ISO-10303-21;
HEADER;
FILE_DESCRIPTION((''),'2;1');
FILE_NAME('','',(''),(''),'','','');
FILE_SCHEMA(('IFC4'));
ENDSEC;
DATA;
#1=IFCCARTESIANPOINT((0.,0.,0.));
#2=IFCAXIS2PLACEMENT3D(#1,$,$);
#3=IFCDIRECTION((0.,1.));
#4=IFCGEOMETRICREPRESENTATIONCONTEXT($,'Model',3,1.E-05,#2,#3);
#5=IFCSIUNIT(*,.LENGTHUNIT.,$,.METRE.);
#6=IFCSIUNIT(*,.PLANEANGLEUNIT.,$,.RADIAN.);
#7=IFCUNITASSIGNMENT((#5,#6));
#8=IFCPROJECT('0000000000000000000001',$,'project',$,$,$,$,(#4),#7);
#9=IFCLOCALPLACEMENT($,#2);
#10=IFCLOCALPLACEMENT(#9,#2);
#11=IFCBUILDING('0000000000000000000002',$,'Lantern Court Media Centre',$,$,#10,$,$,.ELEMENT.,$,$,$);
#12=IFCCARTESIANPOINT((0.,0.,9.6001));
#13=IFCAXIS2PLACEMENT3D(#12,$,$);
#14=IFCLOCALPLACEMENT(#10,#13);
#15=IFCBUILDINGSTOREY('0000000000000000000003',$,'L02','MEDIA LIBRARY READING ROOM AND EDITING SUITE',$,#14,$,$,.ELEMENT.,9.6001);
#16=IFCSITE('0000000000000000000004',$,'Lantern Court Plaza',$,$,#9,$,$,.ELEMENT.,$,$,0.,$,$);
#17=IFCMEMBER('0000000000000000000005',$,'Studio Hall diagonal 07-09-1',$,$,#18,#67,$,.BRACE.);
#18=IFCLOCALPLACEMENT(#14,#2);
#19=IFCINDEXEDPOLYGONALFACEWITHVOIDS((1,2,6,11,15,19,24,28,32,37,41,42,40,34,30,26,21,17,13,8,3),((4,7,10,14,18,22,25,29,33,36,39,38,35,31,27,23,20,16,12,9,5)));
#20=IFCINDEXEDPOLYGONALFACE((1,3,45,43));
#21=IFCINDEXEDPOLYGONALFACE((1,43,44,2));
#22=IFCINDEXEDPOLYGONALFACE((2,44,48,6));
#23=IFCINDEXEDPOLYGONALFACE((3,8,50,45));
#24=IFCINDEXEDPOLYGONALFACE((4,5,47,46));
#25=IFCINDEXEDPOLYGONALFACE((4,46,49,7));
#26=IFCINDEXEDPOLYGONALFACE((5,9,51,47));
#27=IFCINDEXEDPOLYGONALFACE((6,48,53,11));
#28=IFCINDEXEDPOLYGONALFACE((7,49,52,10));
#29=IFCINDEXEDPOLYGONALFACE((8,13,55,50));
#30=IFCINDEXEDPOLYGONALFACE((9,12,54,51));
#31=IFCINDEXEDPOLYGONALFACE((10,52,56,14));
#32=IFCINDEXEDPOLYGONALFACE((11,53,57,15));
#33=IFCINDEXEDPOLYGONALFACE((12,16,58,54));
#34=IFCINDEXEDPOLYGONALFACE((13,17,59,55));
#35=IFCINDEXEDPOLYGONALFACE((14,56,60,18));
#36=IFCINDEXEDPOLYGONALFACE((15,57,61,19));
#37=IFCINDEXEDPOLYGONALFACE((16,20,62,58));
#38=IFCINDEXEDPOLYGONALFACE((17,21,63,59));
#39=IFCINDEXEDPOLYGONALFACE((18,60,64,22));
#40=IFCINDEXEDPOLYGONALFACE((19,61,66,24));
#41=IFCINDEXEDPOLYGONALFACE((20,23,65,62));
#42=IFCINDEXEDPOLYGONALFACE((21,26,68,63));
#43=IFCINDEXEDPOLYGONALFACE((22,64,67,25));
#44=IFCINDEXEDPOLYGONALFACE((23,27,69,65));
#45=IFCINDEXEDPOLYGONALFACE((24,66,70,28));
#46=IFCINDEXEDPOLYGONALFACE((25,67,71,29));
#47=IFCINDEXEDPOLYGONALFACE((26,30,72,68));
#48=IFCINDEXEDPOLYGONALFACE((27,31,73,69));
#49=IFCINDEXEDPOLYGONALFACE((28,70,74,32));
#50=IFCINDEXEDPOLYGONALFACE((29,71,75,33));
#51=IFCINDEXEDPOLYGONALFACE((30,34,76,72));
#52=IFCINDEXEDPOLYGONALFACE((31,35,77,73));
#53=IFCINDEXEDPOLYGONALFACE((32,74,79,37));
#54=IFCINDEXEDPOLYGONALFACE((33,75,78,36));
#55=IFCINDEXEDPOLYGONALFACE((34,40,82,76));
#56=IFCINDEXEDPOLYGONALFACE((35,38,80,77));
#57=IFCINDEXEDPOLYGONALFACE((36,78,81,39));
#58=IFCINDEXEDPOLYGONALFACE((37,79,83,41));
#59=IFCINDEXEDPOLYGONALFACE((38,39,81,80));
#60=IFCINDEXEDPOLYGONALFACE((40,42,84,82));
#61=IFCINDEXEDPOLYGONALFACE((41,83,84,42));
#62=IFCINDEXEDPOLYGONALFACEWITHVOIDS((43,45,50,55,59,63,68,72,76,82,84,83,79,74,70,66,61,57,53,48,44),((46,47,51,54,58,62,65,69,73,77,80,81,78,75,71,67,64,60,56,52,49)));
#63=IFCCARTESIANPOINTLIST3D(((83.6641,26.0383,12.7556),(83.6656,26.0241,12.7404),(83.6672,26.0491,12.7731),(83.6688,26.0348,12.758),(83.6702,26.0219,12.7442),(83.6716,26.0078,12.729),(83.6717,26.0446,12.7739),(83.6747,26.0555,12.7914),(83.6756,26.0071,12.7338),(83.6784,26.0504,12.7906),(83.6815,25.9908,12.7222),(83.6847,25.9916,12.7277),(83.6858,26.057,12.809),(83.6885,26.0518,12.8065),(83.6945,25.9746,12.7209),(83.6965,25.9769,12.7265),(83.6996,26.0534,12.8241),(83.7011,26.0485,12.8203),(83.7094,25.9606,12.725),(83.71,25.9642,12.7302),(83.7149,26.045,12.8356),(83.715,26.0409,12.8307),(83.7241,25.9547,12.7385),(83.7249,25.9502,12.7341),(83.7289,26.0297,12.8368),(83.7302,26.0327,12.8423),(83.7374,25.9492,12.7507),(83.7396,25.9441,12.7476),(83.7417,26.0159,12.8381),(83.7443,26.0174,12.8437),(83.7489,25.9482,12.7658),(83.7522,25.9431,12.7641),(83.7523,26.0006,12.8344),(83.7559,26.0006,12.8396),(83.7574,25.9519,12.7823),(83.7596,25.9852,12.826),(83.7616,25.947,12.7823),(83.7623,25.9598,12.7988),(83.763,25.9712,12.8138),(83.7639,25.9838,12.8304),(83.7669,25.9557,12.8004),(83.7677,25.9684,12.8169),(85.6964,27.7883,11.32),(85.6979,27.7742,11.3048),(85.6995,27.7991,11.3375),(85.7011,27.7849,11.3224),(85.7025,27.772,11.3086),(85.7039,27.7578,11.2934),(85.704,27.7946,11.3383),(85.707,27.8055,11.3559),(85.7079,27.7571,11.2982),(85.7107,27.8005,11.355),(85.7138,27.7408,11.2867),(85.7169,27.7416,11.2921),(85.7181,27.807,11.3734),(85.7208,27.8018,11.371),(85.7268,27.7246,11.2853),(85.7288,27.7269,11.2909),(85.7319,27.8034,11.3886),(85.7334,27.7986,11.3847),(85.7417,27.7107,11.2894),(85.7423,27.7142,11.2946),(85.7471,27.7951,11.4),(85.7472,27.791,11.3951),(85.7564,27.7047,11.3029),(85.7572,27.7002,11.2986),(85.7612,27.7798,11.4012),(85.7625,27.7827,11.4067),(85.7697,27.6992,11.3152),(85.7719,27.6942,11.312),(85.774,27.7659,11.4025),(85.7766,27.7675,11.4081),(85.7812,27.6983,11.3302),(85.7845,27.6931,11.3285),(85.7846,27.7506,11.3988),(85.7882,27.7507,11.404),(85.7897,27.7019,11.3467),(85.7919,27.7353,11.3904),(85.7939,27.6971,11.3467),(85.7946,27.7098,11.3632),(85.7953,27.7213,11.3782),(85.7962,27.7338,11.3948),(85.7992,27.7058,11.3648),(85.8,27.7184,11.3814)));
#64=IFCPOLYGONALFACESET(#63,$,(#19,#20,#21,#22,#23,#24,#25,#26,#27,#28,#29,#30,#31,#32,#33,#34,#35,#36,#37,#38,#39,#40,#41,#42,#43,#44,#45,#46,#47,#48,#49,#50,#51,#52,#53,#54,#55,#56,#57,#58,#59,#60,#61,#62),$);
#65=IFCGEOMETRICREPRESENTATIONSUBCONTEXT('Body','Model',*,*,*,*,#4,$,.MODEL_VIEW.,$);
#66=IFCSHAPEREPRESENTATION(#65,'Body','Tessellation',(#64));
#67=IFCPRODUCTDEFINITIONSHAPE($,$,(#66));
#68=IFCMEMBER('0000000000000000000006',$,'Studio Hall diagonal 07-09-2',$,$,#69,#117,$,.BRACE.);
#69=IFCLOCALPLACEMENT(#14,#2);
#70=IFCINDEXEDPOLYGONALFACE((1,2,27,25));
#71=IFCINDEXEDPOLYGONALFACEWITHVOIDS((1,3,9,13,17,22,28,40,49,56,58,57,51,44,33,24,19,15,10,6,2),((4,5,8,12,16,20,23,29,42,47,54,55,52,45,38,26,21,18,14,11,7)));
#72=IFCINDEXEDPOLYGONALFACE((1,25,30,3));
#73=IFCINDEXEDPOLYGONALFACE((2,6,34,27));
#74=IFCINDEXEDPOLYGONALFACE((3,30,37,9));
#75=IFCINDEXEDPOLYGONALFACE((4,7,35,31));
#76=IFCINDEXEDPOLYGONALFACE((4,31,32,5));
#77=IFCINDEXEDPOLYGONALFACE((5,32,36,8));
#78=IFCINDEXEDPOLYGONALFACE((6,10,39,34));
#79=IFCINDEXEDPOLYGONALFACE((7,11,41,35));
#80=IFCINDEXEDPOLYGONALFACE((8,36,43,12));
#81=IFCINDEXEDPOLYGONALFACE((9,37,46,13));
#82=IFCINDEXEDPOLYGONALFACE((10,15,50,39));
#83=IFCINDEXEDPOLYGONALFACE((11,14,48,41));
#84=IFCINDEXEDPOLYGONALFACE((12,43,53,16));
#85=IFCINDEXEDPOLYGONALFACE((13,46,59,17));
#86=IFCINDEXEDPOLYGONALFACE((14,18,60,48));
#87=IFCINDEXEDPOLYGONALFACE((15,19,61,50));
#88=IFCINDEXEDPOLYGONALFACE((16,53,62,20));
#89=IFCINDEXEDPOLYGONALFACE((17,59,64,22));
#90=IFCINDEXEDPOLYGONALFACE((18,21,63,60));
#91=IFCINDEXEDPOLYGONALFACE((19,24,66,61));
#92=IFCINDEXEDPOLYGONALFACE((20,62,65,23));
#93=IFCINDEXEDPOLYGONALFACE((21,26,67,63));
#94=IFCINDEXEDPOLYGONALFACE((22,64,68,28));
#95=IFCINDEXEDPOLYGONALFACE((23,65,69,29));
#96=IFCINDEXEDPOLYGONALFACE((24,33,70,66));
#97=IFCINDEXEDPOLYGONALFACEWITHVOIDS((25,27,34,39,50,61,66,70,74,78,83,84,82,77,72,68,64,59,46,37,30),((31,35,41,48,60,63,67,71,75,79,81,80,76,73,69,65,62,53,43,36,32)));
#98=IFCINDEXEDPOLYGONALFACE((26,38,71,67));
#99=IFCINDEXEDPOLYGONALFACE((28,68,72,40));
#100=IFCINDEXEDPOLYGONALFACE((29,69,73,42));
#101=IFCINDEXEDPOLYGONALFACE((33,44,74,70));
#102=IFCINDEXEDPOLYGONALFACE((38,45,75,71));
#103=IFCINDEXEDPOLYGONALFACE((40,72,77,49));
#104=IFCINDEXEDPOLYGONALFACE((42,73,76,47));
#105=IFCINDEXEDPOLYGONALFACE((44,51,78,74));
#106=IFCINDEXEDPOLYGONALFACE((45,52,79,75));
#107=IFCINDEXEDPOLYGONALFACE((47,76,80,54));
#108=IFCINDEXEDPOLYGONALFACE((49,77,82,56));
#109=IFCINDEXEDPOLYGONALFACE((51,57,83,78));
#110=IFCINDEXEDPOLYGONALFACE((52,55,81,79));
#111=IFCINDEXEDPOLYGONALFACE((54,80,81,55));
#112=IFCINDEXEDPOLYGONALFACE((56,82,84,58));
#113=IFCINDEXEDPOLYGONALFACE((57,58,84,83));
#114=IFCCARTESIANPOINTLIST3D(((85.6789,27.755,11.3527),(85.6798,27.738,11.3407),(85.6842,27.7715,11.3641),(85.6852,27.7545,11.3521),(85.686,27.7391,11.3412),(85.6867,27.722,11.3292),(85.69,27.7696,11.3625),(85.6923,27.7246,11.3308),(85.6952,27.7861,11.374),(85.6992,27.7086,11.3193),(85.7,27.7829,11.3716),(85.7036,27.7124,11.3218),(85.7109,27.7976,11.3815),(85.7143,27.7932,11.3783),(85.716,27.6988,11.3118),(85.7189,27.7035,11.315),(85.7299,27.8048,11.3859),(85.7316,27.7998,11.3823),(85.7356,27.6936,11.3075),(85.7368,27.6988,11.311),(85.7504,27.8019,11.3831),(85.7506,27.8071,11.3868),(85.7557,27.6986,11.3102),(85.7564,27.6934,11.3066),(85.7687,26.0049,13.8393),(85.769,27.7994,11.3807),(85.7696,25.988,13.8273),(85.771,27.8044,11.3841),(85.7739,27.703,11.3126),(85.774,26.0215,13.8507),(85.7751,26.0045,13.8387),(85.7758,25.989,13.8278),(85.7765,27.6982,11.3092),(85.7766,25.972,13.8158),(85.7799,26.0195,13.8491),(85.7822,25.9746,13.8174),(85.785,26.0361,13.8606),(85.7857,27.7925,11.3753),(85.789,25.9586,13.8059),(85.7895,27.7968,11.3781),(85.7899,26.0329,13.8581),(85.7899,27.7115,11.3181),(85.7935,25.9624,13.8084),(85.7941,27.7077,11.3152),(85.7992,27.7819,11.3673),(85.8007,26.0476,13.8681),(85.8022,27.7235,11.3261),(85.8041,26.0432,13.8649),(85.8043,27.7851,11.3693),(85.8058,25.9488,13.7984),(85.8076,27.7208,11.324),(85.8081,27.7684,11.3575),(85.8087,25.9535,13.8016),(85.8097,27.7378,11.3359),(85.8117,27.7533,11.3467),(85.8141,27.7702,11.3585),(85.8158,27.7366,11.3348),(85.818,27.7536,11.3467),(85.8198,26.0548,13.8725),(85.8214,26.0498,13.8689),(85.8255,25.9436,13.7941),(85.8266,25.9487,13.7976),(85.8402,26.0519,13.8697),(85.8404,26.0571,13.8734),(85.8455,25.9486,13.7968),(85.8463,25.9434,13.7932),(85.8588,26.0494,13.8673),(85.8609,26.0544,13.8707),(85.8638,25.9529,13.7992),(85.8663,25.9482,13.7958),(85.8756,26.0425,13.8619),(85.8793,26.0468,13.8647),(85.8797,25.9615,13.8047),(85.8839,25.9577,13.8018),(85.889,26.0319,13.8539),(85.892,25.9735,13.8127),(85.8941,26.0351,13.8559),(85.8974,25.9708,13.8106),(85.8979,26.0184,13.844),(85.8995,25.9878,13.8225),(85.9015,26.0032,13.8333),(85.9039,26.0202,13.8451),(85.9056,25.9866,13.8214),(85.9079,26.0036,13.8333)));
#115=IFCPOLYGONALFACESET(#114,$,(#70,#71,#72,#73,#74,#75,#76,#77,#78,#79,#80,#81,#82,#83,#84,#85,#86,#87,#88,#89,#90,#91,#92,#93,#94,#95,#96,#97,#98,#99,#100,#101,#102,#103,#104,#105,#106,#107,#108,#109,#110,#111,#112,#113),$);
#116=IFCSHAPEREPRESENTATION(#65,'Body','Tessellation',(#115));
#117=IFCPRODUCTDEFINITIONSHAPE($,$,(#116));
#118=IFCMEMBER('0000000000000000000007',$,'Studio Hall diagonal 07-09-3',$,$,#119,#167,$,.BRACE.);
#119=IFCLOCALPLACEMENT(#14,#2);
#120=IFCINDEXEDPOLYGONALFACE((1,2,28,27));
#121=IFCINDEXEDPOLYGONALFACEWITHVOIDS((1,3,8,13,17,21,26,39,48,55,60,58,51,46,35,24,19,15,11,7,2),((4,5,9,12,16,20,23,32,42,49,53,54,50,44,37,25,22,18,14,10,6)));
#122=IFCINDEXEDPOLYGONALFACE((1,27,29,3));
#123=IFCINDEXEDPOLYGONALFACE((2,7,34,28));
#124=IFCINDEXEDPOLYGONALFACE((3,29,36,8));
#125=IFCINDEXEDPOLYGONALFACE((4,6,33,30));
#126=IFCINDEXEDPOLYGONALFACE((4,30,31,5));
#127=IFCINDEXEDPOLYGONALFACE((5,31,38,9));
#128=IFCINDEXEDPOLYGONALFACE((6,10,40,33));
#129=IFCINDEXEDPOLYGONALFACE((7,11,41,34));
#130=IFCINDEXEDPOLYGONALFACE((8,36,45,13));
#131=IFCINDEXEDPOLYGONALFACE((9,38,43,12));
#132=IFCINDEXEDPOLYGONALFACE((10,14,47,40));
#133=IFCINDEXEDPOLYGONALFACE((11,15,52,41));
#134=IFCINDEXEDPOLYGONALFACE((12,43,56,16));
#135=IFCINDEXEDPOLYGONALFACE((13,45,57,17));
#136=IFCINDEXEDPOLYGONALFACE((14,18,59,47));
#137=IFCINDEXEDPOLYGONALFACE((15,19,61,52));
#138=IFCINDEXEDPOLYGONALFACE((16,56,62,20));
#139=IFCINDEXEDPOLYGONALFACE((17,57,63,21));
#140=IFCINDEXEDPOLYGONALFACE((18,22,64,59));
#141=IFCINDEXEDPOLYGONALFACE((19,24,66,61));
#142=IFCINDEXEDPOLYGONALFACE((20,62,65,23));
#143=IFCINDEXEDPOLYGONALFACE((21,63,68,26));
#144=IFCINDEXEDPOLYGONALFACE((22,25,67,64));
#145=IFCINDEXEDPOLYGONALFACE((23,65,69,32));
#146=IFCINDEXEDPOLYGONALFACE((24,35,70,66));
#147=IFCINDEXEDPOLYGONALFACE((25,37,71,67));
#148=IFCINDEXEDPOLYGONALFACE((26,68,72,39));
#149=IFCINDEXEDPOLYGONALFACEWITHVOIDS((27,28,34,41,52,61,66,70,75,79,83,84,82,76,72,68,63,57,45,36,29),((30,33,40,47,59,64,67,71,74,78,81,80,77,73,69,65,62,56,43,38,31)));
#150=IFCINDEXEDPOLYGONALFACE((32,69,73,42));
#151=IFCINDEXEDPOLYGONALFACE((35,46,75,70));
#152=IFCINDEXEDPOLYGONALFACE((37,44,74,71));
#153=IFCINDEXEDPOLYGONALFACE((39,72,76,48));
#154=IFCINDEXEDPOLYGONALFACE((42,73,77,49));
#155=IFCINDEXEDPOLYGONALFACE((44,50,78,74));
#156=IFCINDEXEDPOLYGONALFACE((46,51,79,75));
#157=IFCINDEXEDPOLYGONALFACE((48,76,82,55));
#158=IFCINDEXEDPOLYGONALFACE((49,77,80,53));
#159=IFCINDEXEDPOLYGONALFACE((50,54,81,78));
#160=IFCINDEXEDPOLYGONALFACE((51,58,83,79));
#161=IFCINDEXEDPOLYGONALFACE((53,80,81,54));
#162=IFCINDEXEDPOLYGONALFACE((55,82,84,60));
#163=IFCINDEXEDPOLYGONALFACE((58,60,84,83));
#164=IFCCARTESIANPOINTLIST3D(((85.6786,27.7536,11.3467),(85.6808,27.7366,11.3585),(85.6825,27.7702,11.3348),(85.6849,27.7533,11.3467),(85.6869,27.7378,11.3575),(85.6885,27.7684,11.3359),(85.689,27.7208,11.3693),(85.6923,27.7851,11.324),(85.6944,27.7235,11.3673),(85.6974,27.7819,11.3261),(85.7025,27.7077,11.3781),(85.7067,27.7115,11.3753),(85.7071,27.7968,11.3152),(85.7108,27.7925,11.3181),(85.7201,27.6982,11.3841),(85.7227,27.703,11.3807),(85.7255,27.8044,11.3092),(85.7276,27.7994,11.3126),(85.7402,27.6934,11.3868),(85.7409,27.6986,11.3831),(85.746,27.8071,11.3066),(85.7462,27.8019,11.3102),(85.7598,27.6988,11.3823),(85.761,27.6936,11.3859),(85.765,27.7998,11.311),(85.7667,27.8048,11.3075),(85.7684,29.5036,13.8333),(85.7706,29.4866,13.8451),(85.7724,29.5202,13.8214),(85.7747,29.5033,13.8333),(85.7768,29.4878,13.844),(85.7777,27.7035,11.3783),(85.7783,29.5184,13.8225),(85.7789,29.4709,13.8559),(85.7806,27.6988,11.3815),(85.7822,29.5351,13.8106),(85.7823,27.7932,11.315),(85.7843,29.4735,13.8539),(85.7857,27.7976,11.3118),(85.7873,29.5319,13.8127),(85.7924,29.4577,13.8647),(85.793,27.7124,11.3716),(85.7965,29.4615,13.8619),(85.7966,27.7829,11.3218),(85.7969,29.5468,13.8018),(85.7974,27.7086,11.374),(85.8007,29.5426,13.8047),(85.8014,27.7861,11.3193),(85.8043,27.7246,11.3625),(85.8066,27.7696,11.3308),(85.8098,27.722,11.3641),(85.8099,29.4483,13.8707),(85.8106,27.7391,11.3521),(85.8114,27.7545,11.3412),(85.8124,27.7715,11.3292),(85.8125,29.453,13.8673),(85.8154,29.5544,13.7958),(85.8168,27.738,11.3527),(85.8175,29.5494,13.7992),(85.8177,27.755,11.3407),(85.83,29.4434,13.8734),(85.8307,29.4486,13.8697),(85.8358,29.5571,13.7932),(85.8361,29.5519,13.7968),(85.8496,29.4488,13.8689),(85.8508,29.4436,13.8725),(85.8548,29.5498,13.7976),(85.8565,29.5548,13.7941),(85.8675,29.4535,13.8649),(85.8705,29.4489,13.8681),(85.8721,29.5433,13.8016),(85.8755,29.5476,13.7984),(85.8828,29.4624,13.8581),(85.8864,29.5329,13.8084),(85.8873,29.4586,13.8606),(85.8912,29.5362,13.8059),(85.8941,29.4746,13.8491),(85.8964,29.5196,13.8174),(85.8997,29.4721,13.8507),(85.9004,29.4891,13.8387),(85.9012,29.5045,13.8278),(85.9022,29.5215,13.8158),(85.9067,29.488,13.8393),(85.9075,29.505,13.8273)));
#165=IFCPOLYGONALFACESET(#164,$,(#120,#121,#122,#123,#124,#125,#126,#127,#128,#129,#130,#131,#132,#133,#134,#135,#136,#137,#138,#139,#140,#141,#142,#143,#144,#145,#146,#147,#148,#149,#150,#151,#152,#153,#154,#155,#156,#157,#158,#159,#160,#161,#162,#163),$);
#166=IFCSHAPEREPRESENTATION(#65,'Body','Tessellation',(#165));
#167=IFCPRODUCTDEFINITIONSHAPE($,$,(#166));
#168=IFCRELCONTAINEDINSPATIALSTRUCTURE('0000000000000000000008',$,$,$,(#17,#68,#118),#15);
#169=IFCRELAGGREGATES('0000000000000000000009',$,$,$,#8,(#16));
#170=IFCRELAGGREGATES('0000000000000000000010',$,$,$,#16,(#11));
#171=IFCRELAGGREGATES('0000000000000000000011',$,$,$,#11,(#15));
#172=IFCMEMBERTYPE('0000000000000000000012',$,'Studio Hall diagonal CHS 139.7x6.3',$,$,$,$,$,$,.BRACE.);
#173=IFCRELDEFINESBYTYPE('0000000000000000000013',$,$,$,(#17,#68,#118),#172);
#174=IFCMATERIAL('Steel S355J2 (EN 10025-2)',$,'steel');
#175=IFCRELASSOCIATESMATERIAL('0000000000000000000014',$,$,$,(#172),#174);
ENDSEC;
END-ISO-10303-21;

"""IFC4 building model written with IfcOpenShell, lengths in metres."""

from ifc_helpers import new_model, si_unit, direction, frame, origin, origin_2d, place, context, subcontext, project, spatial, hollow_circle, extrude, material, material_profile, profile_set, type_object, element, save


model = new_model("IFC4")

# Units and contexts
model_context = context("Model", 3, precision=1e-05, world=origin(), true_north=direction((0.0, 1.0)))
body_context = subcontext(model_context, "Body", "Model", "MODEL_VIEW")
ifc_project = project(units=[si_unit("LENGTHUNIT", "METRE"), si_unit("PLANEANGLEUNIT", "RADIAN")], contexts=[model_context])

# Site, building, storey
site_placement = place(None, origin())
site = spatial("IfcSite", under=ifc_project, at=site_placement, Name="Lantern Court Plaza", CompositionType="ELEMENT", RefElevation=0.0)
building_placement = place(site_placement, origin())
building = spatial("IfcBuilding", under=site, at=building_placement, Name="Lantern Court Media Centre", CompositionType="ELEMENT")
storey_placement = place(building_placement, frame((0.0, 0.0, 9.6001)))
storey = spatial("IfcBuildingStorey", under=building, at=storey_placement, Name="L02", Description="MEDIA LIBRARY READING ROOM AND EDITING SUITE", CompositionType="ELEMENT", Elevation=9.6001)

# Members
ifc_material = material(Name="Steel S355J2 (EN 10025-2)", Category="steel")
ifc_material_profile_1 = material_profile(ifc_material, hollow_circle(Radius=0.0698, WallThickness=0.0063, at=origin_2d()), Name="Studio Hall diagonal CHS 139.7x6.3")
ifc_profile_set_1 = profile_set([ifc_material_profile_1], Name="Steel S355J2 (EN 10025-2)")
member_type_1 = type_object("IfcMemberType", Name="Studio Hall diagonal CHS 139.7x6.3", PredefinedType="BRACE", material=ifc_profile_set_1)
for number, where, z_axis, x_axis, name in (
    (1, (85.7483, 27.75, 11.3467), (-0.668075, -0.575296, 0.471922), (0.652529, -0.757764, 0.0), "Studio Hall diagonal 07-09-1"),
    (2, (85.7483, 27.75, 11.3467), (0.029535, -0.575284, 0.81742), (0.998685, 0.051272, 0.0), "Studio Hall diagonal 07-09-2"),
    (3, (85.7483, 27.75, 11.3467), (0.029535, 0.575284, 0.81742), (-0.998685, 0.051272, 0.0), "Studio Hall diagonal 07-09-3"),
):
    element("IfcMember", number, at=place(storey_placement, frame(where, z_axis=z_axis, x_axis=x_axis)), inside=storey, type_object=member_type_1, Name=name, PredefinedType="BRACE", context=body_context, shape_type="SweptSolid", body=[
        extrude(hollow_circle(Radius=0.0698, WallThickness=0.0063, at=origin_2d()), origin(), (0.0, 0.0, 1.0), 3.042),
    ])

save(model, "model.ifc")
